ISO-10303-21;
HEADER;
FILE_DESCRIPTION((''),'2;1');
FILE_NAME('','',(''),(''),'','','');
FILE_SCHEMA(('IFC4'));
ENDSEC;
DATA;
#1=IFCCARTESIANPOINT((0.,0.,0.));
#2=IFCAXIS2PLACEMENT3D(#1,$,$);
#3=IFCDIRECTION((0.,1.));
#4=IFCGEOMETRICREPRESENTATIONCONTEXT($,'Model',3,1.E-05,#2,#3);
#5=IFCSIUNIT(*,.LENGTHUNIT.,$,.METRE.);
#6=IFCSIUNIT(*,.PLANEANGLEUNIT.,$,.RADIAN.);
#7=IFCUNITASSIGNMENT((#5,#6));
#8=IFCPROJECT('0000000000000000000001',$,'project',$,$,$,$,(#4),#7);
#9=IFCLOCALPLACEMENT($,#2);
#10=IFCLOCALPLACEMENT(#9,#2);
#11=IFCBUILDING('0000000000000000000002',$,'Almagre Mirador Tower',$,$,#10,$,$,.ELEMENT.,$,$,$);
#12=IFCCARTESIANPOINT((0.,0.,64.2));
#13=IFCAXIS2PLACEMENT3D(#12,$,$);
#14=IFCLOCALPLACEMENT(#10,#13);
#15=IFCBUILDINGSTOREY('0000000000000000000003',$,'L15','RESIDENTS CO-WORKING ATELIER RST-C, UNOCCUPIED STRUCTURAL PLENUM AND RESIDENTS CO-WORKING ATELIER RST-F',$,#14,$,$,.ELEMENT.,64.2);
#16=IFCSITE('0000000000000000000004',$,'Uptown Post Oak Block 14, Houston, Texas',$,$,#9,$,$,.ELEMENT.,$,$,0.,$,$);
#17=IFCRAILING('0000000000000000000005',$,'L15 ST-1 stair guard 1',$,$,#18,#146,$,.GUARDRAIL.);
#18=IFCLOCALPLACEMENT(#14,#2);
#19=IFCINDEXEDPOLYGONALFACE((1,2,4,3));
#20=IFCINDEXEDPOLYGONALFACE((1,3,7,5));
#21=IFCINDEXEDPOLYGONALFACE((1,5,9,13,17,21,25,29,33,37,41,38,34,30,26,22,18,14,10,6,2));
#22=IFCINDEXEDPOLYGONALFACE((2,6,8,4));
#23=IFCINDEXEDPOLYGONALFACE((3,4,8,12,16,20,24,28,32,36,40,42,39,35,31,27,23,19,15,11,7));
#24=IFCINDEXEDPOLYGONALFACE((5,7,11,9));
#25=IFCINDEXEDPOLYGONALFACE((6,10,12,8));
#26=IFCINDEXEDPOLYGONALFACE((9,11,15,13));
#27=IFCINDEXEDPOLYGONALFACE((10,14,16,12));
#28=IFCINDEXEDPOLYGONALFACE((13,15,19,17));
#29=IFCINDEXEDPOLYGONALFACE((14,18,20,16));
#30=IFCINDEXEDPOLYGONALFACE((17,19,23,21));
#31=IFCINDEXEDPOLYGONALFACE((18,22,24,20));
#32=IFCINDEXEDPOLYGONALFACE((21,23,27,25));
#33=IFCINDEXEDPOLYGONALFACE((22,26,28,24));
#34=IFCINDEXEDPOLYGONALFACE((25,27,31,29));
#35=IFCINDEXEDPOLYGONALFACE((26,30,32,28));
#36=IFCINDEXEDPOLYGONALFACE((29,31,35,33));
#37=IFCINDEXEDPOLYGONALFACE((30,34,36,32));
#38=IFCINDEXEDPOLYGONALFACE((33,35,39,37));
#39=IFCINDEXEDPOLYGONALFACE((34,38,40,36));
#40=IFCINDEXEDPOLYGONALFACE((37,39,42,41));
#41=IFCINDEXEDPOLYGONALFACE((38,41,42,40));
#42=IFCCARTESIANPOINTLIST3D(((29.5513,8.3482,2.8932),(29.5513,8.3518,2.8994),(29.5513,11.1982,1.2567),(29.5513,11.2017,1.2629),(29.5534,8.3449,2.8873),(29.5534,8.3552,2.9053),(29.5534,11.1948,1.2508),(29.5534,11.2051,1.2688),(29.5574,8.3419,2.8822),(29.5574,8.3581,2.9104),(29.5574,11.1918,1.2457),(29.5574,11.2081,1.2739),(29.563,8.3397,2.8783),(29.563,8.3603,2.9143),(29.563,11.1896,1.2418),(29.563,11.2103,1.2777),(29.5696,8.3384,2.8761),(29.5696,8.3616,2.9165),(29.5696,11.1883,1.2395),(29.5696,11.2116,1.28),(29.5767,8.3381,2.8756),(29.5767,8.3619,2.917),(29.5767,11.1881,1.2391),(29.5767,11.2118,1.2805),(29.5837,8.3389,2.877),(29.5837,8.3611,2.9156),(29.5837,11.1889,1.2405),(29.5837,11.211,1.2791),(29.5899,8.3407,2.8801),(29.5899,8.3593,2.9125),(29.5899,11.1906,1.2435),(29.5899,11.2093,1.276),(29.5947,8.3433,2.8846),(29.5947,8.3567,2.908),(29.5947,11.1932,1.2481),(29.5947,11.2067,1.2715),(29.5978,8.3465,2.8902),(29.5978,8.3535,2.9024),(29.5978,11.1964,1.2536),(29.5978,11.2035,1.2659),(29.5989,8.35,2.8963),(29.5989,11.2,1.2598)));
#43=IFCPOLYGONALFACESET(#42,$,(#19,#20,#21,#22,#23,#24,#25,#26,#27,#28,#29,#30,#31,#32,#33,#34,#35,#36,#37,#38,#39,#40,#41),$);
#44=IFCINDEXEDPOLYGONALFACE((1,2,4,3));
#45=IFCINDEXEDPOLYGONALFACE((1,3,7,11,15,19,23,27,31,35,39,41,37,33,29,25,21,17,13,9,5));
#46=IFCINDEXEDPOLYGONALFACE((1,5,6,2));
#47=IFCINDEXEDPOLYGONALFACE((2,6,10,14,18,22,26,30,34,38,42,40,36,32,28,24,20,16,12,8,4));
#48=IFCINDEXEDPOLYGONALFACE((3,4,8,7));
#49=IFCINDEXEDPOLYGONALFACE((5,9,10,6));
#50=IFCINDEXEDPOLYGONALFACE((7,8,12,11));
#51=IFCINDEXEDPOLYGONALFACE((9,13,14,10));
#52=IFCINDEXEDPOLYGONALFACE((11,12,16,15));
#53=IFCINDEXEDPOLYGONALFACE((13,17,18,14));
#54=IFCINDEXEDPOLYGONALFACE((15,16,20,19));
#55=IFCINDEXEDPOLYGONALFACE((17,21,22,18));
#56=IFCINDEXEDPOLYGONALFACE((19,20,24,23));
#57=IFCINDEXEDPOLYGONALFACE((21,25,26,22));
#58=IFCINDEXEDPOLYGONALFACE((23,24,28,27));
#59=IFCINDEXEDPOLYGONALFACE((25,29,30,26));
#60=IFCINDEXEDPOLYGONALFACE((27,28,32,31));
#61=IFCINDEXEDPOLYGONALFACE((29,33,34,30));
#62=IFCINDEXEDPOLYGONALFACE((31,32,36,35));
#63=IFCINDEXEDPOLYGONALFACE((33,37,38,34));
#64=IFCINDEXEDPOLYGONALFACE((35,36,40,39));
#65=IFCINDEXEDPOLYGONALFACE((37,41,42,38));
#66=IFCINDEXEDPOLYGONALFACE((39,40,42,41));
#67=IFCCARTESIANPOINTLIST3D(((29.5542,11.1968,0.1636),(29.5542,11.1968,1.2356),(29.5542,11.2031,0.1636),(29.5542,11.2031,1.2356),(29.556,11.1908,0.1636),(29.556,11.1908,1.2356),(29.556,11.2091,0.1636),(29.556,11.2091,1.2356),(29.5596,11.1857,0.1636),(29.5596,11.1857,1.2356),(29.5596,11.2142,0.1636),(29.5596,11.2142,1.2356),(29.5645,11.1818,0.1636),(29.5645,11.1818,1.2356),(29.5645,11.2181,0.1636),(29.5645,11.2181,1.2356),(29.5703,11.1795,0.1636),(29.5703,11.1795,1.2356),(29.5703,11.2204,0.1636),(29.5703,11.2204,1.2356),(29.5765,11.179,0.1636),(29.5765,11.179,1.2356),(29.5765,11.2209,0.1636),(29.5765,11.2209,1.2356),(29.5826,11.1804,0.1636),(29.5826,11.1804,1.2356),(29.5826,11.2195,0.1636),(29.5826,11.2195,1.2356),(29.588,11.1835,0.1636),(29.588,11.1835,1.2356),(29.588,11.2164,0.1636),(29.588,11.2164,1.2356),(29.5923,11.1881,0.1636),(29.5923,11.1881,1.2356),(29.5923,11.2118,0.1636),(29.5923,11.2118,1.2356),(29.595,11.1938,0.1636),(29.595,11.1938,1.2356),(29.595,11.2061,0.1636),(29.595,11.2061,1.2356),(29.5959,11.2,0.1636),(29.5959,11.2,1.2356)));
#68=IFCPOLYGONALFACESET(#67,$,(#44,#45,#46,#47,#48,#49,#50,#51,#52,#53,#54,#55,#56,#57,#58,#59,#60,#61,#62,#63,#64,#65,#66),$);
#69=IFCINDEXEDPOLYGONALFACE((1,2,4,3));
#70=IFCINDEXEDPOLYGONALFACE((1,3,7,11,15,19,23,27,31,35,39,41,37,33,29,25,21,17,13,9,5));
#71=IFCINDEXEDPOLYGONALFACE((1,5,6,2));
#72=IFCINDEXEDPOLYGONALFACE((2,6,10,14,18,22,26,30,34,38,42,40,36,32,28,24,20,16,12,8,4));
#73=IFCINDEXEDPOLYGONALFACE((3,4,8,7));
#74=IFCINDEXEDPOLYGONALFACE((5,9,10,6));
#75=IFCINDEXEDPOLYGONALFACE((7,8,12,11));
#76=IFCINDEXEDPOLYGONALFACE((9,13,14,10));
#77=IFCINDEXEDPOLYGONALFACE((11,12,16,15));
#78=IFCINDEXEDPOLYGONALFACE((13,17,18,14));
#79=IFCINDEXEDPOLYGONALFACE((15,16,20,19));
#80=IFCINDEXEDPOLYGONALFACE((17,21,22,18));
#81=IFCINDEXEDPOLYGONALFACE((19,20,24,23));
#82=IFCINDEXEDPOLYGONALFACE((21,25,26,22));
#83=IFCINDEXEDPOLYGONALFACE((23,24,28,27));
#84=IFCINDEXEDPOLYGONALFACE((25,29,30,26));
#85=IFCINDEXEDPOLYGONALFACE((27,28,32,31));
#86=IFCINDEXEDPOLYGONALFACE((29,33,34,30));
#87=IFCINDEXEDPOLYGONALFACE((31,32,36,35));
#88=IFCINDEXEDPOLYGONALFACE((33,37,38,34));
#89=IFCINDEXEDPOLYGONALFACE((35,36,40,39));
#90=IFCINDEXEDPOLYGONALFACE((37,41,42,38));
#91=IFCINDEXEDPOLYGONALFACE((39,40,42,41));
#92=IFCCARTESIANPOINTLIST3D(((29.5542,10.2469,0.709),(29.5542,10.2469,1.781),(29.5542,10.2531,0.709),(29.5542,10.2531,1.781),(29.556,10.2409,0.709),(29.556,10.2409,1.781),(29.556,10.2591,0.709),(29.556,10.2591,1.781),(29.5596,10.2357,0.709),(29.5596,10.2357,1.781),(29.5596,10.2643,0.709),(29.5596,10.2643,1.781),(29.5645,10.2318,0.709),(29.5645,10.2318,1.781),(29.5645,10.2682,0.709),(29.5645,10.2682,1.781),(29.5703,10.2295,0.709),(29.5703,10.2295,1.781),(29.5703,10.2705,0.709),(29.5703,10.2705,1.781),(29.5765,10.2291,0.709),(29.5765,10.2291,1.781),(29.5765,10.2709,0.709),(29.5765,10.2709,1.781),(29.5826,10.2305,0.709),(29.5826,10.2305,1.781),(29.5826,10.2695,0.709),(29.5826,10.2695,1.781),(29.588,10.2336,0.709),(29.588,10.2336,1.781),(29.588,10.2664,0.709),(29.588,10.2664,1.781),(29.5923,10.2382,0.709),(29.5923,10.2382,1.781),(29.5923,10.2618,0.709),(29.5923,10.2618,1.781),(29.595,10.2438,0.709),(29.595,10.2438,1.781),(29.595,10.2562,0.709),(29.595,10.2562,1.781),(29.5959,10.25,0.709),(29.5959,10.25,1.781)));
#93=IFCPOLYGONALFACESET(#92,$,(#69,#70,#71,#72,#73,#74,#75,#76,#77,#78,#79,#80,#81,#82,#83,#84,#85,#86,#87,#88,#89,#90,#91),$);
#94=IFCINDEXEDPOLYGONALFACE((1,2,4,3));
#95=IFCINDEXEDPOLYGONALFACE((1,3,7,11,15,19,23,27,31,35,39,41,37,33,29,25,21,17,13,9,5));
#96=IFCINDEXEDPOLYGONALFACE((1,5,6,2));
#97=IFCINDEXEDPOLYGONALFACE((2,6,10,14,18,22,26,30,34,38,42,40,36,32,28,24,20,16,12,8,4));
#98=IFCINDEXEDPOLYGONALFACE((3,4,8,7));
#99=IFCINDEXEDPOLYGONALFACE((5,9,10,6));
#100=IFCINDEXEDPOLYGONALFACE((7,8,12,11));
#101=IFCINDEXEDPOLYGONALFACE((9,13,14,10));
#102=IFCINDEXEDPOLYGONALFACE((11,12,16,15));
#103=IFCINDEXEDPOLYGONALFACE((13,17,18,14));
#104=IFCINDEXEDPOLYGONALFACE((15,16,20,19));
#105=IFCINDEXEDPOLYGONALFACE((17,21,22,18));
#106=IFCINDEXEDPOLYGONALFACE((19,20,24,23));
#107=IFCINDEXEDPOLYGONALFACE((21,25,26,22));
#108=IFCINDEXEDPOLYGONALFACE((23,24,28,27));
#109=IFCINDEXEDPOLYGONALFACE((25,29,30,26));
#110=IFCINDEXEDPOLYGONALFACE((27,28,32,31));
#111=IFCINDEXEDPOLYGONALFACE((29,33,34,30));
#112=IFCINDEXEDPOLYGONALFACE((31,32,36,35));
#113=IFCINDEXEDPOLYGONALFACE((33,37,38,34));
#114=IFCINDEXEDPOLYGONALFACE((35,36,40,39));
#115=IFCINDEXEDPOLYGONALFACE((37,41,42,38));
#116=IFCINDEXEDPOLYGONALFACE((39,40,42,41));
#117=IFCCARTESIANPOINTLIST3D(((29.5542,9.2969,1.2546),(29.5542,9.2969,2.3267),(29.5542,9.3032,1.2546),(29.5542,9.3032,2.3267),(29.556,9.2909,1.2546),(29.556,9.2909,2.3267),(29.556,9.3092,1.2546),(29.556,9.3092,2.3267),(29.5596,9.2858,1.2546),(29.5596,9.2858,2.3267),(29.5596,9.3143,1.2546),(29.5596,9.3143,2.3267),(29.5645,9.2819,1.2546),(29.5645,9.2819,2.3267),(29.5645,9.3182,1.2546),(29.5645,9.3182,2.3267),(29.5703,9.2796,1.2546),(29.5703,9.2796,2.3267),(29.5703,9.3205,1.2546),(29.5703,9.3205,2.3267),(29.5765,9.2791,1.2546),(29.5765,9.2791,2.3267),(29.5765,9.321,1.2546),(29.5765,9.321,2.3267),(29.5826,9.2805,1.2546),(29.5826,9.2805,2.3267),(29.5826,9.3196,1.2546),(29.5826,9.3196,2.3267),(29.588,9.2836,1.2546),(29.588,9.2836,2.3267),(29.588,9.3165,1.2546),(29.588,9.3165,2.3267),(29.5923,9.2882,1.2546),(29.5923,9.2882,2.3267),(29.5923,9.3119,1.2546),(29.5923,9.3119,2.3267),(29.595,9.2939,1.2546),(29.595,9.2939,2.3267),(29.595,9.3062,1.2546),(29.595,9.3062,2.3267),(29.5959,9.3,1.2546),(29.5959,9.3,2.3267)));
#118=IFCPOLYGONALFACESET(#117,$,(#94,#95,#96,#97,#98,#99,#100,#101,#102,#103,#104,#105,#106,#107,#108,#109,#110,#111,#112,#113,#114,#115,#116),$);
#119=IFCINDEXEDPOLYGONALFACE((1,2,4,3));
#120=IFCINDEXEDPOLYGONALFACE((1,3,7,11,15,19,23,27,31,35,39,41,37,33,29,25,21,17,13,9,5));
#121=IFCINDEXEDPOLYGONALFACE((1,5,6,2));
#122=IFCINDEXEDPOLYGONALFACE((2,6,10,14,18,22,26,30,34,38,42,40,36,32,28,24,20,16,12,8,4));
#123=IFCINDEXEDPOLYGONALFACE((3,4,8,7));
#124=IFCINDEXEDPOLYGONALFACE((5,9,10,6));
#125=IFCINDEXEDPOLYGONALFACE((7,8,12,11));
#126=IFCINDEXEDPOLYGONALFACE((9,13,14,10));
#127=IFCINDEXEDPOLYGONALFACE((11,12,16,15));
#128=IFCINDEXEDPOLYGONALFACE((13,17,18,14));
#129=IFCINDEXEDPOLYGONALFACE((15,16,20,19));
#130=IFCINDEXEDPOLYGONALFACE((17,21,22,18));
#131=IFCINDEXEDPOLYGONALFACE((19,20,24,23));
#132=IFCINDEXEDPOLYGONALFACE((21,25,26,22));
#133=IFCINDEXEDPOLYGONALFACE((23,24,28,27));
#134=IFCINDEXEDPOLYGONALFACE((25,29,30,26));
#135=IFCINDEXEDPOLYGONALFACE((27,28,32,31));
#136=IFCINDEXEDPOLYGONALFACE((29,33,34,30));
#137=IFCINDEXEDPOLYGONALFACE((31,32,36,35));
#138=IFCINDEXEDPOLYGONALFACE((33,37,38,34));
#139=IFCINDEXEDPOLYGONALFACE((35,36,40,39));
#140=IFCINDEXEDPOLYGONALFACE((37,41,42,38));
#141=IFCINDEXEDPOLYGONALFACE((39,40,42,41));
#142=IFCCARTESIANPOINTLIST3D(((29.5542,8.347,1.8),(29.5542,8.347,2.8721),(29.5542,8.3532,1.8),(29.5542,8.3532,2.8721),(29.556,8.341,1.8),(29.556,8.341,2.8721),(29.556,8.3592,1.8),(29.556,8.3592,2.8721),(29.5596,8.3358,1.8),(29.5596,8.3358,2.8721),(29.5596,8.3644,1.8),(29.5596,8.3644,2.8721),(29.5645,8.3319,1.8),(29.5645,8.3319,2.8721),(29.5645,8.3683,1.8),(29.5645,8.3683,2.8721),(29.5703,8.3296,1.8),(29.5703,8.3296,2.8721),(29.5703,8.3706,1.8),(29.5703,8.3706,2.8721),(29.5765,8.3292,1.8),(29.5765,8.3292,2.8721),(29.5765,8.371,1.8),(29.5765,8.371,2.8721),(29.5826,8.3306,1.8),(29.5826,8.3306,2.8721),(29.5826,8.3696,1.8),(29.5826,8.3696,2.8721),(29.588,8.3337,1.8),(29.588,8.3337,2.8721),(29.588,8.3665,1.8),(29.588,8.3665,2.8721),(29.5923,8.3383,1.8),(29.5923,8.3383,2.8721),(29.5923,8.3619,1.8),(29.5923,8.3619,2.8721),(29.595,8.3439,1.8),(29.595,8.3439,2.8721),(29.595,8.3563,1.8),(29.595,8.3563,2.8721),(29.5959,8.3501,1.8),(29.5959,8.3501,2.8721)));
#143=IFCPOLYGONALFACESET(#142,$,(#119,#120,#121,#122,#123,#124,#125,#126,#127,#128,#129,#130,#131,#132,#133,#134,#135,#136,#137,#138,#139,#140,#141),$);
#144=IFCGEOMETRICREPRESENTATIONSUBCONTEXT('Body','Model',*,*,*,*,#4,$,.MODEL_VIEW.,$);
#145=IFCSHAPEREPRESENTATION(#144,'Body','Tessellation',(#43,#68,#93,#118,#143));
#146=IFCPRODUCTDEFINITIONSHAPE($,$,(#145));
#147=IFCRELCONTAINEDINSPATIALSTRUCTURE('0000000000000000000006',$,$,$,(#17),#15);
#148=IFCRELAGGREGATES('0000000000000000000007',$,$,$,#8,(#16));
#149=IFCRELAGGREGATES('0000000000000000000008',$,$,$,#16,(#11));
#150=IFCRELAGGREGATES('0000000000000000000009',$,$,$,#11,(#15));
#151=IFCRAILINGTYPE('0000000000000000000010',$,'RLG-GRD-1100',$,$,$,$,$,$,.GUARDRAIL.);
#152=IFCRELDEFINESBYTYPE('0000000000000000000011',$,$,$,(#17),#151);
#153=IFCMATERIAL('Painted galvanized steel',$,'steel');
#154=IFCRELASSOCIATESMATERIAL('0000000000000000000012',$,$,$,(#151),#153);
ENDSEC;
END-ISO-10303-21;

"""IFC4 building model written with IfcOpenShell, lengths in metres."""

from ifc_helpers import new_model, si_unit, direction, frame, origin, origin_2d, place, context, subcontext, project, spatial, circle, extrude, material, type_object, element, save


model = new_model("IFC4")

# Units and contexts
model_context = context("Model", 3, precision=1e-05, world=origin(), true_north=direction((0.0, 1.0)))
body_context = subcontext(model_context, "Body", "Model", "MODEL_VIEW")
ifc_project = project(units=[si_unit("LENGTHUNIT", "METRE"), si_unit("PLANEANGLEUNIT", "RADIAN")], contexts=[model_context])

# Site, building, storey
site_placement = place(None, origin())
site = spatial("IfcSite", under=ifc_project, at=site_placement, Name="Uptown Post Oak Block 14, Houston, Texas", CompositionType="ELEMENT", RefElevation=0.0)
building_placement = place(site_placement, origin())
building = spatial("IfcBuilding", under=site, at=building_placement, Name="Almagre Mirador Tower", CompositionType="ELEMENT")
storey_placement = place(building_placement, frame((0.0, 0.0, 64.2)))
storey = spatial("IfcBuildingStorey", under=building, at=storey_placement, Name="L15", Description="RESIDENTS CO-WORKING ATELIER RST-C, UNOCCUPIED STRUCTURAL PLENUM AND RESIDENTS CO-WORKING ATELIER RST-F", CompositionType="ELEMENT", Elevation=64.2)

# Railing
ifc_material_1 = material(Name="Painted galvanized steel", Category="steel")
railing_type_1 = type_object("IfcRailingType", Name="RLG-GRD-1100", PredefinedType="GUARDRAIL", material=ifc_material_1)
railing_1_placement = place(storey_placement, frame((29.575, 11.2, 0.1636)))
element("IfcRailing", 1, at=railing_1_placement, inside=storey, type_object=railing_type_1, Name="L15 ST-1 stair guard 1", PredefinedType="GUARDRAIL", context=body_context, shape_type="SweptSolid", body=[
    extrude(circle(Radius=0.0239, at=origin_2d()), frame((0.0, 0.0, 1.0962), z_axis=(0.0, -0.867194, 0.49797), x_axis=(1.0, 0.0, 0.0)), (0.0, 0.0, 1.0), 3.2864),
    extrude(circle(Radius=0.021, at=origin_2d()), origin(), (0.0, 0.0, 1.0), 1.072),
    extrude(circle(Radius=0.021, at=origin_2d()), frame((0.0, -0.95, 0.5454)), (0.0, 0.0, 1.0), 1.072),
    extrude(circle(Radius=0.021, at=origin_2d()), frame((0.0, -1.8999, 1.0911)), (0.0, 0.0, 1.0), 1.072),
    extrude(circle(Radius=0.021, at=origin_2d()), frame((0.0, -2.8499, 1.6365)), (0.0, 0.0, 1.0), 1.072),
])

save(model, "model.ifc")
